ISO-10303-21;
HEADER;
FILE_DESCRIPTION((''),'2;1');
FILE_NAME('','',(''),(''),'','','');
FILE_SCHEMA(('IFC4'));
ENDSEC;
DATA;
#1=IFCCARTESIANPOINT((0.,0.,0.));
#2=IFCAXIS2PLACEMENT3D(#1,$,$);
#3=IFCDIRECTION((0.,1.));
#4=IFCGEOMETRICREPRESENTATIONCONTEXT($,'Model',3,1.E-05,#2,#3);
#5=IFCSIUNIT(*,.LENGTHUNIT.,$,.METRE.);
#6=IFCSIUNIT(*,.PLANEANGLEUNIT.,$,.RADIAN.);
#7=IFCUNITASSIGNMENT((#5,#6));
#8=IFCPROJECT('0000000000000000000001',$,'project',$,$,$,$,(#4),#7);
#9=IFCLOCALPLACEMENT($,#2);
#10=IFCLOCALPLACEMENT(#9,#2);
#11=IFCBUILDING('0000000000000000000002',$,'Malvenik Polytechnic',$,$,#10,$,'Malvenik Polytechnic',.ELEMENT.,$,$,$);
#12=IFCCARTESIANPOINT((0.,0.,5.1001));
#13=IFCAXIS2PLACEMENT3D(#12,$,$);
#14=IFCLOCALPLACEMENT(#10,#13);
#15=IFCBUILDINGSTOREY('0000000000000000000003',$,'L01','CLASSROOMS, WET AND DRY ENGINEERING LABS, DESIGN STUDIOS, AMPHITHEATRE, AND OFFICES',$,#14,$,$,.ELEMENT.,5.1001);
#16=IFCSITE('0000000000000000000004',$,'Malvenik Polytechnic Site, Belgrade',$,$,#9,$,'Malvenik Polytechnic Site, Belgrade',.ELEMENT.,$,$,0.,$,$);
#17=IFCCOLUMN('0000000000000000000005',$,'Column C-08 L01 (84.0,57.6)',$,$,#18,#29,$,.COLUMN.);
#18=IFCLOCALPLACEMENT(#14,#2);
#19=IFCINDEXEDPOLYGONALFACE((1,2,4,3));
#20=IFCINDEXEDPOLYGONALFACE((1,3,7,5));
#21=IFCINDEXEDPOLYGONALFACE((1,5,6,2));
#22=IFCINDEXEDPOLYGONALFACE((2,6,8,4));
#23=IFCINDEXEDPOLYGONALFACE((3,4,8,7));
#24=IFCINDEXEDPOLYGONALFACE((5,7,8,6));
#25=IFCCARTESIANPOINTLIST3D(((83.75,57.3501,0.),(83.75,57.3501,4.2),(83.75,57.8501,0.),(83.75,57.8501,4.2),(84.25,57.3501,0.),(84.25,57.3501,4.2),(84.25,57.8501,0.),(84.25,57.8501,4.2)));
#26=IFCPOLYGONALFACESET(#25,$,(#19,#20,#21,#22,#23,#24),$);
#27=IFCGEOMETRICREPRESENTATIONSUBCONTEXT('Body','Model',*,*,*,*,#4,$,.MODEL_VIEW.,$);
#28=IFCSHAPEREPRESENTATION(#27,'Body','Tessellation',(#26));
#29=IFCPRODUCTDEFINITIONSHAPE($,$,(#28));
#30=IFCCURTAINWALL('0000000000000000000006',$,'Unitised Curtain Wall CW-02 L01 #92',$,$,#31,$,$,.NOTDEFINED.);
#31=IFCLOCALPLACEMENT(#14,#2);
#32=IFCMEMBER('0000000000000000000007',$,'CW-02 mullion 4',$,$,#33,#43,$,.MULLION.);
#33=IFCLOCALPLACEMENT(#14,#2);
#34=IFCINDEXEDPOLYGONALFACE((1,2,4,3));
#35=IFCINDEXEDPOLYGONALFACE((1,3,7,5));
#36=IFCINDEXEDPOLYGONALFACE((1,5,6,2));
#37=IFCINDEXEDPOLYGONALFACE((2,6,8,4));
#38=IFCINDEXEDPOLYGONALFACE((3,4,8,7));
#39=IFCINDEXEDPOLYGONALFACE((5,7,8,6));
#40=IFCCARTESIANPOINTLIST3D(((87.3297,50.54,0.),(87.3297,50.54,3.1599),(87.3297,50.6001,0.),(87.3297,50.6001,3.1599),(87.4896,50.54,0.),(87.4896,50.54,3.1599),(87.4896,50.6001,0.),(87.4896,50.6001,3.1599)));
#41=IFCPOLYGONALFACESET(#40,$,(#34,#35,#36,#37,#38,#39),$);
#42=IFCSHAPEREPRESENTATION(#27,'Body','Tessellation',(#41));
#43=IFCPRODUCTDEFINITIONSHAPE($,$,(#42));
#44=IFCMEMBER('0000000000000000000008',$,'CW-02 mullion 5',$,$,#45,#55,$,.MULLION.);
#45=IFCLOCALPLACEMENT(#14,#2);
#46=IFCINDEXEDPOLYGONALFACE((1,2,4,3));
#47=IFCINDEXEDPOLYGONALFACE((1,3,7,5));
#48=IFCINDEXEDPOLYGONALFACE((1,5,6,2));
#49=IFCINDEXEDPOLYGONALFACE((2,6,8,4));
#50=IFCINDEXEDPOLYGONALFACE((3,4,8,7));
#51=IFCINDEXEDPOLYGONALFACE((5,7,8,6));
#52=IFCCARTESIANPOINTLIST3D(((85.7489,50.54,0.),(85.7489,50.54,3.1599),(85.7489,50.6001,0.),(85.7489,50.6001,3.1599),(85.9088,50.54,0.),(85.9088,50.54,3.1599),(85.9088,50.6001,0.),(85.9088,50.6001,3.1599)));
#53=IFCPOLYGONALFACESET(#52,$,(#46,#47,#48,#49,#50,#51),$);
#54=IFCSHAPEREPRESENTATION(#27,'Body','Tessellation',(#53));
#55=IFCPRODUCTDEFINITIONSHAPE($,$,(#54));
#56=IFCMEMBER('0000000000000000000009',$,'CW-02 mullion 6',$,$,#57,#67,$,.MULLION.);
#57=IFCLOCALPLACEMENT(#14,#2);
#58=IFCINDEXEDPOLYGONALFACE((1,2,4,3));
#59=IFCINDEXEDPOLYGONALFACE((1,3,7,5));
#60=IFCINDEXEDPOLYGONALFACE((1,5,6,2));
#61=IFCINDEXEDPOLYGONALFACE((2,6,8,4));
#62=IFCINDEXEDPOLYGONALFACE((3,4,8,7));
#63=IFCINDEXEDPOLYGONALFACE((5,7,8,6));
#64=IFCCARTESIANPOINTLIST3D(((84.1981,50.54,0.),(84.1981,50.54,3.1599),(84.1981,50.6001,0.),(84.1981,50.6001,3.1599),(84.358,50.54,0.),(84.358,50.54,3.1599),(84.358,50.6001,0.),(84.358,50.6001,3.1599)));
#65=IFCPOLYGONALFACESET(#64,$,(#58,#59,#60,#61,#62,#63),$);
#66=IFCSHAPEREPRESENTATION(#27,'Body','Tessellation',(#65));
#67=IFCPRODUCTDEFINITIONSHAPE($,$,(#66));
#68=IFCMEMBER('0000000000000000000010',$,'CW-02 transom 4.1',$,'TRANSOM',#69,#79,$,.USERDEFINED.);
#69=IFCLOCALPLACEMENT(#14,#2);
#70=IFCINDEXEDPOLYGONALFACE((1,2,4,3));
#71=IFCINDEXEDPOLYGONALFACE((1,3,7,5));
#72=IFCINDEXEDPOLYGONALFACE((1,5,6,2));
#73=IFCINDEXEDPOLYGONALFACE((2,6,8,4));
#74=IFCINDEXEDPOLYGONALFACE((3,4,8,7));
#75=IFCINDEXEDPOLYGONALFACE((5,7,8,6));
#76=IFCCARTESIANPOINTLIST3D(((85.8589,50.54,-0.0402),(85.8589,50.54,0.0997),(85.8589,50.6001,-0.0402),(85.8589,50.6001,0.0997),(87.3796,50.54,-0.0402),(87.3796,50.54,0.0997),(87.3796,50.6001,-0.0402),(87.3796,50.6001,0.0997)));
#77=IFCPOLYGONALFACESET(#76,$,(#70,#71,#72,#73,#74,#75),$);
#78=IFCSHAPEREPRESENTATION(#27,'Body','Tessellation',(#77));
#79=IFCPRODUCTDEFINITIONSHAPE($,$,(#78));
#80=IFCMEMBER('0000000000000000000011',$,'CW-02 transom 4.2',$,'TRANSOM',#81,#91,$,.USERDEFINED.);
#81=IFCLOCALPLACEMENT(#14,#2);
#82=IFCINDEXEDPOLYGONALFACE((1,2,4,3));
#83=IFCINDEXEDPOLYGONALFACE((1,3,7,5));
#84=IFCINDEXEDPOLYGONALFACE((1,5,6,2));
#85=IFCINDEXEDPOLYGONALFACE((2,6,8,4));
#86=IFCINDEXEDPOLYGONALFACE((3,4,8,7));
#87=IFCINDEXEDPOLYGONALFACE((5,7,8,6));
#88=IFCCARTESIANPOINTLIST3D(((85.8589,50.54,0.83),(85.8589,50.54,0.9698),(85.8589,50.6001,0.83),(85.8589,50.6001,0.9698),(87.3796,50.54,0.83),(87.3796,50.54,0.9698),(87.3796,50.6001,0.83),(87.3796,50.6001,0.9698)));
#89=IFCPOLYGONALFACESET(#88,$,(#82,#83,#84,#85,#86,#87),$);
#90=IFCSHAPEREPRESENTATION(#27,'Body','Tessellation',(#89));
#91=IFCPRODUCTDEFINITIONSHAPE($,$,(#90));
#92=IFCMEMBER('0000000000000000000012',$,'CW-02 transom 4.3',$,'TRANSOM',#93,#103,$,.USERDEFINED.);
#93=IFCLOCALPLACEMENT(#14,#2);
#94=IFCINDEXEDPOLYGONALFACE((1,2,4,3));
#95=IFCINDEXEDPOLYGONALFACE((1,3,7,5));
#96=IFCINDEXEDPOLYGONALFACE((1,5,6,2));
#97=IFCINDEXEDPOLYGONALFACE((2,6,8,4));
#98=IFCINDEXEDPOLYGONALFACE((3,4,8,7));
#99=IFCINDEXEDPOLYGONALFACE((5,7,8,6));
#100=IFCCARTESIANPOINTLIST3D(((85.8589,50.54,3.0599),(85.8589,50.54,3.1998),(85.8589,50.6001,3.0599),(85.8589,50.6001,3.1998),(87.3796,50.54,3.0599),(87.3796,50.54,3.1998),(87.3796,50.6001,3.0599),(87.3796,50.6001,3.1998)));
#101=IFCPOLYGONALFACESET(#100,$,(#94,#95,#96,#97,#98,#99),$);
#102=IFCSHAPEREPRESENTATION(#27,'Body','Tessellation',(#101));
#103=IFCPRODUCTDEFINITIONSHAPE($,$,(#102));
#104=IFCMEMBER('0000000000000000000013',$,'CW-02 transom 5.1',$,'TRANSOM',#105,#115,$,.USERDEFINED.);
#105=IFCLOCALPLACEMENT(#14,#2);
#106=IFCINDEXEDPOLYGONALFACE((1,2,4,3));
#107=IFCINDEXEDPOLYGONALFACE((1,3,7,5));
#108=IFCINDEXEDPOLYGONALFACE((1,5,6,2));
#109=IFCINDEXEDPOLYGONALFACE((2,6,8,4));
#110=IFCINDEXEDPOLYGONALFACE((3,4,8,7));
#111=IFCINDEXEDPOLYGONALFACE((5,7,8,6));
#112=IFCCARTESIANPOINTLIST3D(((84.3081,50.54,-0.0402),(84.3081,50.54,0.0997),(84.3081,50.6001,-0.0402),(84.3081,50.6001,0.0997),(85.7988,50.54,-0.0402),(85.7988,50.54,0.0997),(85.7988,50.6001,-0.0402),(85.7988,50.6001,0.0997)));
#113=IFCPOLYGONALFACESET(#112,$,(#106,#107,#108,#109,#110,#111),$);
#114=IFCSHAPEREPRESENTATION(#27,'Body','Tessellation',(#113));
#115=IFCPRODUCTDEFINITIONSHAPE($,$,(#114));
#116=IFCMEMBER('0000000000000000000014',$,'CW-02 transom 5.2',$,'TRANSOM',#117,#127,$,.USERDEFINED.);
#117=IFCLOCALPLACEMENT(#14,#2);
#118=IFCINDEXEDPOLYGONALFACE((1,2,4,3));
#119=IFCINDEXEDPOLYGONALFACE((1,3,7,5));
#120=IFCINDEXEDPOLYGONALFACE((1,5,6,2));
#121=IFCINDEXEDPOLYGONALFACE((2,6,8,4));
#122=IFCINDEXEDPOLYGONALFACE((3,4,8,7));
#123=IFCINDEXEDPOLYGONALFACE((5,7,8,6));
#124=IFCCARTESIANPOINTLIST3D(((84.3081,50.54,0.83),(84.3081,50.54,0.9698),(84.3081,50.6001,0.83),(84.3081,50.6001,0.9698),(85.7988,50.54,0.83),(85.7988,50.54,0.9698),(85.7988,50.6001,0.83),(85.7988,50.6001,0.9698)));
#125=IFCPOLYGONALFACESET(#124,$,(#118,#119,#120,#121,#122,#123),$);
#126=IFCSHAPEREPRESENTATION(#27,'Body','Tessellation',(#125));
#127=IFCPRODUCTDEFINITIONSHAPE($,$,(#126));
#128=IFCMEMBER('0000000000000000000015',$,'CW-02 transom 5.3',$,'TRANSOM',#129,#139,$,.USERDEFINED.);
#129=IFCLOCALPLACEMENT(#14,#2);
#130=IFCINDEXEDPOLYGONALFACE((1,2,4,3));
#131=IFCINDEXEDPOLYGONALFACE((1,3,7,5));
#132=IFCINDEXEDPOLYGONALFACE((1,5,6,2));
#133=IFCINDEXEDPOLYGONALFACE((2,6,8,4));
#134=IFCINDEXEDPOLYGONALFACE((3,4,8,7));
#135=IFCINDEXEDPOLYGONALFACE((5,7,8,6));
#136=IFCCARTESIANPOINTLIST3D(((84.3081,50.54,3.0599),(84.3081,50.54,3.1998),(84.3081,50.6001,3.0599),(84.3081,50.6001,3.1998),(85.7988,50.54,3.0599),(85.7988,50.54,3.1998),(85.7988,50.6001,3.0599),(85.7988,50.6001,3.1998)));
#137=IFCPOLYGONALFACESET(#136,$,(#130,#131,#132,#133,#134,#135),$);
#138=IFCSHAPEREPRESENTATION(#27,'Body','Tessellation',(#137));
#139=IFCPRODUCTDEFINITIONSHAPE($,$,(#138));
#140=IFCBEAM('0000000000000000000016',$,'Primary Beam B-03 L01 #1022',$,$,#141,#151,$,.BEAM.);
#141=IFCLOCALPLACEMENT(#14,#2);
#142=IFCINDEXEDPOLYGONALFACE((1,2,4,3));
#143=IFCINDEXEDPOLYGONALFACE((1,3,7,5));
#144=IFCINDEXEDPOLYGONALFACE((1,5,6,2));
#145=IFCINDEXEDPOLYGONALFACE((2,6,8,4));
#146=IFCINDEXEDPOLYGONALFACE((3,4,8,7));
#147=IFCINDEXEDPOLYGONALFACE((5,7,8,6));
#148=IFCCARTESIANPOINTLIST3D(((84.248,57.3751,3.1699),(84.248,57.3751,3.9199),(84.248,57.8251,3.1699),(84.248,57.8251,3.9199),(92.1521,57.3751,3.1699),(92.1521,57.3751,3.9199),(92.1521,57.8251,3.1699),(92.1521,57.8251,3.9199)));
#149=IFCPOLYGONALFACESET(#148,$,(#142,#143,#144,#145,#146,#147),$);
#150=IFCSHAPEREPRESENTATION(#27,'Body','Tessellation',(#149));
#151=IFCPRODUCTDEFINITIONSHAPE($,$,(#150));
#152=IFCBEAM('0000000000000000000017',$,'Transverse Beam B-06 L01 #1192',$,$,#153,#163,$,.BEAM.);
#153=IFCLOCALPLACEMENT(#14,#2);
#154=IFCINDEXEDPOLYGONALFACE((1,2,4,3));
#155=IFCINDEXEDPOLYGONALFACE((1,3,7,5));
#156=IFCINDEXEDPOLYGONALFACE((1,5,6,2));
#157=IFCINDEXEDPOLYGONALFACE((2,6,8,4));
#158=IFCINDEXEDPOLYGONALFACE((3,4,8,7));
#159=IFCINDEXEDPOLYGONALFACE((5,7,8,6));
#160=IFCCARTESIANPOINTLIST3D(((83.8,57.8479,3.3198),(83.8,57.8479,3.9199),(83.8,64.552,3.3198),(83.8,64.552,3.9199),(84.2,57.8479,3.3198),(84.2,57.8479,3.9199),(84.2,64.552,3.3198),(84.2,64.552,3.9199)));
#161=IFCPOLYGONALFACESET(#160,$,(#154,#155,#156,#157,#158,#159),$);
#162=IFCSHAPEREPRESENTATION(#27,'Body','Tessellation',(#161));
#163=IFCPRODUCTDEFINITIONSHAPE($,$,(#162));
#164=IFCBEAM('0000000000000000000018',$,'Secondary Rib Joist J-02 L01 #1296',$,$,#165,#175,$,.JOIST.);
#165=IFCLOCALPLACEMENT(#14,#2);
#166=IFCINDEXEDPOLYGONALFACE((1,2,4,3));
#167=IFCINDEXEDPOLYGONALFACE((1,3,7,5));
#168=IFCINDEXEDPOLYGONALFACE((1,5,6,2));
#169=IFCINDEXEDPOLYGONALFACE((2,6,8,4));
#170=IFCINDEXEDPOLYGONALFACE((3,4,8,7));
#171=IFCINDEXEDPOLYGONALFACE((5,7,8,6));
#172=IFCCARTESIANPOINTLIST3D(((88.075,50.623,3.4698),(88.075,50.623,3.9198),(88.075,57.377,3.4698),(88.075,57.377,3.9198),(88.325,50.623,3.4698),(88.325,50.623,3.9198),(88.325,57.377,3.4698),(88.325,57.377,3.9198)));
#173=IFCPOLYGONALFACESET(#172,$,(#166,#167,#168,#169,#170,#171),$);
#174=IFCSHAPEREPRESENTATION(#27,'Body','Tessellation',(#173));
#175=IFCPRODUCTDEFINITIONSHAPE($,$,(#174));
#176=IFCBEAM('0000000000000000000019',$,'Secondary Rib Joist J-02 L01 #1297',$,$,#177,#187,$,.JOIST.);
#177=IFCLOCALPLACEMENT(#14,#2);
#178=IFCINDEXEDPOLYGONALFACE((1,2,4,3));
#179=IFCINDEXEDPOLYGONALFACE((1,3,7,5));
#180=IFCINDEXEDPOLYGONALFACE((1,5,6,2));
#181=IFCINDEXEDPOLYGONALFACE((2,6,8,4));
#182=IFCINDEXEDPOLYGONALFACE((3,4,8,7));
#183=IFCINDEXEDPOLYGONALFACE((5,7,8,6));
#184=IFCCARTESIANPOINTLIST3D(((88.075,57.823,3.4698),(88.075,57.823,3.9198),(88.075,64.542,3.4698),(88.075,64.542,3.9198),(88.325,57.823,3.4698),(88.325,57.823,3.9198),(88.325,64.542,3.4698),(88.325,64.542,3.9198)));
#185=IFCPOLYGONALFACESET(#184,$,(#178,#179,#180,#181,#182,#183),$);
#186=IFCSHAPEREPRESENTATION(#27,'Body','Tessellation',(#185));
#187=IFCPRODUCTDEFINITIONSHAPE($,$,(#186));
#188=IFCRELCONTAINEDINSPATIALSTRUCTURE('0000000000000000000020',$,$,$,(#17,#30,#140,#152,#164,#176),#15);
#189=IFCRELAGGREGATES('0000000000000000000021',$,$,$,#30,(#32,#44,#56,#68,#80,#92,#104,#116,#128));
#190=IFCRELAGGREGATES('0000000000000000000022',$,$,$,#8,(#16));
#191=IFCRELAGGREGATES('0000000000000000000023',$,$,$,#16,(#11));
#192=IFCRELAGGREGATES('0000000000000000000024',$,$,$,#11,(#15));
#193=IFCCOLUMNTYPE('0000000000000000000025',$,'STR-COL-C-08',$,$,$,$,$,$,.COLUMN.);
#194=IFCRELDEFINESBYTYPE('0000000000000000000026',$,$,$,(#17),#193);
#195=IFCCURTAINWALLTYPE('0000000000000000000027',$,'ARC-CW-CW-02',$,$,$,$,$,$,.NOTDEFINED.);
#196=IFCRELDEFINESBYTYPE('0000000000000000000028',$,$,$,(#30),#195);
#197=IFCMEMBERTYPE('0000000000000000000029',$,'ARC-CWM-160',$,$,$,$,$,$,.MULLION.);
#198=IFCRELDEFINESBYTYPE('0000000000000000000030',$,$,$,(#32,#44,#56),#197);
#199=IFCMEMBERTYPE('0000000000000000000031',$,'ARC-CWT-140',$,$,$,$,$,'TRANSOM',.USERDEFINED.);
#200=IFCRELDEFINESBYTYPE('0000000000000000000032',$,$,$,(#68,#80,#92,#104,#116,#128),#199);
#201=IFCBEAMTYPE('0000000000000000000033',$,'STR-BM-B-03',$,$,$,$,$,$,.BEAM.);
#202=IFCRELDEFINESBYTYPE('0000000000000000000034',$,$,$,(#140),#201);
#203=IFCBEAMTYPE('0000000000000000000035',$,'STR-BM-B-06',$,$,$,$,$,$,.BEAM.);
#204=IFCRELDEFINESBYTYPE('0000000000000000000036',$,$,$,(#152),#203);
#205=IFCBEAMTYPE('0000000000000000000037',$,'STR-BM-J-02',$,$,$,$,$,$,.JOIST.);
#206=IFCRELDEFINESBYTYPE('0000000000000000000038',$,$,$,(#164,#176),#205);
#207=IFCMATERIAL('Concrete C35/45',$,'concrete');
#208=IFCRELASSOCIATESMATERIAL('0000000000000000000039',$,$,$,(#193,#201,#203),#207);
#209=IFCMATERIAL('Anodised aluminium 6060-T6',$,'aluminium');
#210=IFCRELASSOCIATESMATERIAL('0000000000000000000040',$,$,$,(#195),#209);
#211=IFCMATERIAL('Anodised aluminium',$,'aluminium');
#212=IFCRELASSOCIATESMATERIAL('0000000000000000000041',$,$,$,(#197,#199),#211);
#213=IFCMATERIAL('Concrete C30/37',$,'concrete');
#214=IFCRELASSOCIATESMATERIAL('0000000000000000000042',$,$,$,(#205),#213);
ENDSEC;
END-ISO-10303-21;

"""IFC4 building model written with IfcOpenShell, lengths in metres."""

from ifc_helpers import new_model, si_unit, direction, frame, origin, origin_2d, place, context, subcontext, project, spatial, rectangle, extrude, material, material_profile, profile_set, type_object, element, aggregate, save


model = new_model("IFC4")

# Units and contexts
model_context = context("Model", 3, precision=1e-05, world=origin(), true_north=direction((0.0, 1.0)))
body_context = subcontext(model_context, "Body", "Model", "MODEL_VIEW")
ifc_project = project(units=[si_unit("LENGTHUNIT", "METRE"), si_unit("PLANEANGLEUNIT", "RADIAN")], contexts=[model_context])

# Site, building, storey
site_placement = place(None, origin())
site = spatial("IfcSite", under=ifc_project, at=site_placement, Name="Malvenik Polytechnic Site, Belgrade", LongName="Malvenik Polytechnic Site, Belgrade", CompositionType="ELEMENT", RefElevation=0.0)
building_placement = place(site_placement, origin())
building = spatial("IfcBuilding", under=site, at=building_placement, Name="Malvenik Polytechnic", LongName="Malvenik Polytechnic", CompositionType="ELEMENT")
storey_placement = place(building_placement, frame((0.0, 0.0, 5.1001)))
storey = spatial("IfcBuildingStorey", under=building, at=storey_placement, Name="L01", Description="CLASSROOMS, WET AND DRY ENGINEERING LABS, DESIGN STUDIOS, AMPHITHEATRE, AND OFFICES", CompositionType="ELEMENT", Elevation=5.1001)

# Column
ifc_material_1 = material(Name="Concrete C35/45", Category="concrete")
ifc_material_profile_1 = material_profile(ifc_material_1, rectangle(XDim=0.5, YDim=0.5, at=origin_2d()), Name="RC COL 500x500")
ifc_profile_set_1 = profile_set([ifc_material_profile_1], Name="Concrete C35/45")
column_type = type_object("IfcColumnType", Name="STR-COL-C-08", PredefinedType="COLUMN", material=ifc_profile_set_1)
column_placement = place(storey_placement, frame((84.0, 57.6001, 0.0), z_axis=(0.0, 0.0, 1.0), x_axis=(1.0, 0.0, 0.0)))
element("IfcColumn", 1, at=column_placement, inside=storey, type_object=column_type, Name="Column C-08 L01 (84.0,57.6)", PredefinedType="COLUMN", context=body_context, shape_type="SweptSolid", body=[
    extrude(rectangle(XDim=0.5, YDim=0.5, at=origin_2d()), origin(), (0.0, 0.0, 1.0), 4.2),
])

# Curtain wall, members
ifc_material_2 = material(Name="Anodised aluminium 6060-T6", Category="aluminium")
curtain_wall_type = type_object("IfcCurtainWallType", Name="ARC-CW-CW-02", PredefinedType="NOTDEFINED", material=ifc_material_2)
curtain_wall_placement = place(storey_placement, origin())
curtain_wall = element("IfcCurtainWall", 2, at=curtain_wall_placement, inside=storey, type_object=curtain_wall_type, Name="Unitised Curtain Wall CW-02 L01 #92", PredefinedType="NOTDEFINED")
ifc_material_3 = material(Name="Anodised aluminium", Category="aluminium")
ifc_material_profile_2 = material_profile(ifc_material_3, rectangle(XDim=0.0601, YDim=0.1599, at=origin_2d()), Name="ALU MULLION 60x160")
ifc_profile_set_2 = profile_set([ifc_material_profile_2], Name="Anodised aluminium")
member_type_1 = type_object("IfcMemberType", Name="ARC-CWM-160", PredefinedType="MULLION", material=ifc_profile_set_2)
member_1_placement = place(storey_placement, frame((87.4097, 50.5701, 0.0), z_axis=(0.0, 0.0, 1.0), x_axis=(0.0, -1.0, 0.0)))
member_1 = element("IfcMember", 3, at=member_1_placement, type_object=member_type_1, Name="CW-02 mullion 4", PredefinedType="MULLION", context=body_context, shape_type="SweptSolid", body=[
    extrude(rectangle(XDim=0.0601, YDim=0.1599, at=origin_2d()), origin(), (0.0, 0.0, 1.0), 3.1599),
])
member_2_placement = place(storey_placement, frame((85.8289, 50.5701, 0.0), z_axis=(0.0, 0.0, 1.0), x_axis=(0.0, -1.0, 0.0)))
member_2 = element("IfcMember", 4, at=member_2_placement, type_object=member_type_1, Name="CW-02 mullion 5", PredefinedType="MULLION", context=body_context, shape_type="SweptSolid", body=[
    extrude(rectangle(XDim=0.0601, YDim=0.1599, at=origin_2d()), origin(), (0.0, 0.0, 1.0), 3.1599),
])
member_3_placement = place(storey_placement, frame((84.2781, 50.5701, 0.0), z_axis=(0.0, 0.0, 1.0), x_axis=(0.0, -1.0, 0.0)))
member_3 = element("IfcMember", 5, at=member_3_placement, type_object=member_type_1, Name="CW-02 mullion 6", PredefinedType="MULLION", context=body_context, shape_type="SweptSolid", body=[
    extrude(rectangle(XDim=0.0601, YDim=0.1599, at=origin_2d()), origin(), (0.0, 0.0, 1.0), 3.1599),
])
ifc_material_profile_3 = material_profile(ifc_material_3, rectangle(XDim=0.0601, YDim=0.1399, at=origin_2d()), Name="ALU TRANSOM 60x140")
ifc_profile_set_3 = profile_set([ifc_material_profile_3], Name="Anodised aluminium")
member_type_2 = type_object("IfcMemberType", Name="ARC-CWT-140", ElementType="TRANSOM", PredefinedType="USERDEFINED", material=ifc_profile_set_3)
member_4_placement = place(storey_placement, frame((87.3796, 50.5701, 0.0298), z_axis=(-1.0, 0.0, 0.0), x_axis=(0.0, -1.0, 0.0)))
member_4 = element("IfcMember", 6, at=member_4_placement, type_object=member_type_2, Name="CW-02 transom 4.1", ObjectType="TRANSOM", PredefinedType="USERDEFINED", context=body_context, shape_type="SweptSolid", body=[
    extrude(rectangle(XDim=0.0601, YDim=0.1399, at=origin_2d()), origin(), (0.0, 0.0, 1.0), 1.5208),
])
member_5_placement = place(storey_placement, frame((87.3796, 50.5701, 0.8999), z_axis=(-1.0, 0.0, 0.0), x_axis=(0.0, -1.0, 0.0)))
member_5 = element("IfcMember", 7, at=member_5_placement, type_object=member_type_2, Name="CW-02 transom 4.2", ObjectType="TRANSOM", PredefinedType="USERDEFINED", context=body_context, shape_type="SweptSolid", body=[
    extrude(rectangle(XDim=0.0601, YDim=0.1399, at=origin_2d()), origin(), (0.0, 0.0, 1.0), 1.5208),
])
member_6_placement = place(storey_placement, frame((87.3796, 50.5701, 3.1299), z_axis=(-1.0, 0.0, 0.0), x_axis=(0.0, -1.0, 0.0)))
member_6 = element("IfcMember", 8, at=member_6_placement, type_object=member_type_2, Name="CW-02 transom 4.3", ObjectType="TRANSOM", PredefinedType="USERDEFINED", context=body_context, shape_type="SweptSolid", body=[
    extrude(rectangle(XDim=0.0601, YDim=0.1399, at=origin_2d()), origin(), (0.0, 0.0, 1.0), 1.5208),
])
member_7_placement = place(storey_placement, frame((85.7988, 50.5701, 0.0298), z_axis=(-1.0, 0.0, 0.0), x_axis=(0.0, -1.0, 0.0)))
member_7 = element("IfcMember", 9, at=member_7_placement, type_object=member_type_2, Name="CW-02 transom 5.1", ObjectType="TRANSOM", PredefinedType="USERDEFINED", context=body_context, shape_type="SweptSolid", body=[
    extrude(rectangle(XDim=0.0601, YDim=0.1399, at=origin_2d()), origin(), (0.0, 0.0, 1.0), 1.4907),
])
member_8_placement = place(storey_placement, frame((85.7988, 50.5701, 0.8999), z_axis=(-1.0, 0.0, 0.0), x_axis=(0.0, -1.0, 0.0)))
member_8 = element("IfcMember", 10, at=member_8_placement, type_object=member_type_2, Name="CW-02 transom 5.2", ObjectType="TRANSOM", PredefinedType="USERDEFINED", context=body_context, shape_type="SweptSolid", body=[
    extrude(rectangle(XDim=0.0601, YDim=0.1399, at=origin_2d()), origin(), (0.0, 0.0, 1.0), 1.4907),
])
member_9_placement = place(storey_placement, frame((85.7988, 50.5701, 3.1299), z_axis=(-1.0, 0.0, 0.0), x_axis=(0.0, -1.0, 0.0)))
member_9 = element("IfcMember", 11, at=member_9_placement, type_object=member_type_2, Name="CW-02 transom 5.3", ObjectType="TRANSOM", PredefinedType="USERDEFINED", context=body_context, shape_type="SweptSolid", body=[
    extrude(rectangle(XDim=0.0601, YDim=0.1399, at=origin_2d()), origin(), (0.0, 0.0, 1.0), 1.4907),
])

# Beams
ifc_material_profile_4 = material_profile(ifc_material_1, rectangle(XDim=0.45, YDim=0.75, at=origin_2d()), Name="RC BM 450x750")
ifc_profile_set_4 = profile_set([ifc_material_profile_4], Name="Concrete C35/45")
beam_type_1 = type_object("IfcBeamType", Name="STR-BM-B-03", PredefinedType="BEAM", material=ifc_profile_set_4)
beam_1_placement = place(storey_placement, frame((84.248, 57.6001, 3.5449), z_axis=(1.0, 0.0, 0.0), x_axis=(0.0, 1.0, 0.0)))
element("IfcBeam", 12, at=beam_1_placement, inside=storey, type_object=beam_type_1, Name="Primary Beam B-03 L01 #1022", PredefinedType="BEAM", context=body_context, shape_type="SweptSolid", body=[
    extrude(rectangle(XDim=0.45, YDim=0.75, at=origin_2d()), origin(), (0.0, 0.0, 1.0), 7.9041),
])
ifc_material_profile_5 = material_profile(ifc_material_1, rectangle(XDim=0.3999, YDim=0.6001, at=origin_2d()), Name="RC BM 400x600")
ifc_profile_set_5 = profile_set([ifc_material_profile_5], Name="Concrete C35/45")
beam_type_2 = type_object("IfcBeamType", Name="STR-BM-B-06", PredefinedType="BEAM", material=ifc_profile_set_5)
beam_2_placement = place(storey_placement, frame((84.0, 57.8479, 3.6199), z_axis=(0.0, 1.0, 0.0), x_axis=(-1.0, 0.0, 0.0)))
element("IfcBeam", 13, at=beam_2_placement, inside=storey, type_object=beam_type_2, Name="Transverse Beam B-06 L01 #1192", PredefinedType="BEAM", context=body_context, shape_type="SweptSolid", body=[
    extrude(rectangle(XDim=0.3999, YDim=0.6001, at=origin_2d()), origin(), (0.0, 0.0, 1.0), 6.7041),
])
ifc_material_4 = material(Name="Concrete C30/37", Category="concrete")
ifc_material_profile_6 = material_profile(ifc_material_4, rectangle(XDim=0.25, YDim=0.45, at=origin_2d()), Name="RC JST 250x450")
ifc_profile_set_6 = profile_set([ifc_material_profile_6], Name="Concrete C30/37")
beam_type_3 = type_object("IfcBeamType", Name="STR-BM-J-02", PredefinedType="JOIST", material=ifc_profile_set_6)
beam_3_placement = place(storey_placement, frame((88.2, 50.623, 3.6948), z_axis=(0.0, 1.0, 0.0), x_axis=(-1.0, 0.0, 0.0)))
element("IfcBeam", 14, at=beam_3_placement, inside=storey, type_object=beam_type_3, Name="Secondary Rib Joist J-02 L01 #1296", PredefinedType="JOIST", context=body_context, shape_type="SweptSolid", body=[
    extrude(rectangle(XDim=0.25, YDim=0.45, at=origin_2d()), origin(), (0.0, 0.0, 1.0), 6.7539),
])
beam_4_placement = place(storey_placement, frame((88.2, 57.823, 3.6948), z_axis=(0.0, 1.0, 0.0), x_axis=(-1.0, 0.0, 0.0)))
element("IfcBeam", 15, at=beam_4_placement, inside=storey, type_object=beam_type_3, Name="Secondary Rib Joist J-02 L01 #1297", PredefinedType="JOIST", context=body_context, shape_type="SweptSolid", body=[
    extrude(rectangle(XDim=0.25, YDim=0.45, at=origin_2d()), origin(), (0.0, 0.0, 1.0), 6.719),
])

aggregate(curtain_wall, [member_1, member_2, member_3, member_4, member_5, member_6, member_7, member_8, member_9])

save(model, "model.ifc")
